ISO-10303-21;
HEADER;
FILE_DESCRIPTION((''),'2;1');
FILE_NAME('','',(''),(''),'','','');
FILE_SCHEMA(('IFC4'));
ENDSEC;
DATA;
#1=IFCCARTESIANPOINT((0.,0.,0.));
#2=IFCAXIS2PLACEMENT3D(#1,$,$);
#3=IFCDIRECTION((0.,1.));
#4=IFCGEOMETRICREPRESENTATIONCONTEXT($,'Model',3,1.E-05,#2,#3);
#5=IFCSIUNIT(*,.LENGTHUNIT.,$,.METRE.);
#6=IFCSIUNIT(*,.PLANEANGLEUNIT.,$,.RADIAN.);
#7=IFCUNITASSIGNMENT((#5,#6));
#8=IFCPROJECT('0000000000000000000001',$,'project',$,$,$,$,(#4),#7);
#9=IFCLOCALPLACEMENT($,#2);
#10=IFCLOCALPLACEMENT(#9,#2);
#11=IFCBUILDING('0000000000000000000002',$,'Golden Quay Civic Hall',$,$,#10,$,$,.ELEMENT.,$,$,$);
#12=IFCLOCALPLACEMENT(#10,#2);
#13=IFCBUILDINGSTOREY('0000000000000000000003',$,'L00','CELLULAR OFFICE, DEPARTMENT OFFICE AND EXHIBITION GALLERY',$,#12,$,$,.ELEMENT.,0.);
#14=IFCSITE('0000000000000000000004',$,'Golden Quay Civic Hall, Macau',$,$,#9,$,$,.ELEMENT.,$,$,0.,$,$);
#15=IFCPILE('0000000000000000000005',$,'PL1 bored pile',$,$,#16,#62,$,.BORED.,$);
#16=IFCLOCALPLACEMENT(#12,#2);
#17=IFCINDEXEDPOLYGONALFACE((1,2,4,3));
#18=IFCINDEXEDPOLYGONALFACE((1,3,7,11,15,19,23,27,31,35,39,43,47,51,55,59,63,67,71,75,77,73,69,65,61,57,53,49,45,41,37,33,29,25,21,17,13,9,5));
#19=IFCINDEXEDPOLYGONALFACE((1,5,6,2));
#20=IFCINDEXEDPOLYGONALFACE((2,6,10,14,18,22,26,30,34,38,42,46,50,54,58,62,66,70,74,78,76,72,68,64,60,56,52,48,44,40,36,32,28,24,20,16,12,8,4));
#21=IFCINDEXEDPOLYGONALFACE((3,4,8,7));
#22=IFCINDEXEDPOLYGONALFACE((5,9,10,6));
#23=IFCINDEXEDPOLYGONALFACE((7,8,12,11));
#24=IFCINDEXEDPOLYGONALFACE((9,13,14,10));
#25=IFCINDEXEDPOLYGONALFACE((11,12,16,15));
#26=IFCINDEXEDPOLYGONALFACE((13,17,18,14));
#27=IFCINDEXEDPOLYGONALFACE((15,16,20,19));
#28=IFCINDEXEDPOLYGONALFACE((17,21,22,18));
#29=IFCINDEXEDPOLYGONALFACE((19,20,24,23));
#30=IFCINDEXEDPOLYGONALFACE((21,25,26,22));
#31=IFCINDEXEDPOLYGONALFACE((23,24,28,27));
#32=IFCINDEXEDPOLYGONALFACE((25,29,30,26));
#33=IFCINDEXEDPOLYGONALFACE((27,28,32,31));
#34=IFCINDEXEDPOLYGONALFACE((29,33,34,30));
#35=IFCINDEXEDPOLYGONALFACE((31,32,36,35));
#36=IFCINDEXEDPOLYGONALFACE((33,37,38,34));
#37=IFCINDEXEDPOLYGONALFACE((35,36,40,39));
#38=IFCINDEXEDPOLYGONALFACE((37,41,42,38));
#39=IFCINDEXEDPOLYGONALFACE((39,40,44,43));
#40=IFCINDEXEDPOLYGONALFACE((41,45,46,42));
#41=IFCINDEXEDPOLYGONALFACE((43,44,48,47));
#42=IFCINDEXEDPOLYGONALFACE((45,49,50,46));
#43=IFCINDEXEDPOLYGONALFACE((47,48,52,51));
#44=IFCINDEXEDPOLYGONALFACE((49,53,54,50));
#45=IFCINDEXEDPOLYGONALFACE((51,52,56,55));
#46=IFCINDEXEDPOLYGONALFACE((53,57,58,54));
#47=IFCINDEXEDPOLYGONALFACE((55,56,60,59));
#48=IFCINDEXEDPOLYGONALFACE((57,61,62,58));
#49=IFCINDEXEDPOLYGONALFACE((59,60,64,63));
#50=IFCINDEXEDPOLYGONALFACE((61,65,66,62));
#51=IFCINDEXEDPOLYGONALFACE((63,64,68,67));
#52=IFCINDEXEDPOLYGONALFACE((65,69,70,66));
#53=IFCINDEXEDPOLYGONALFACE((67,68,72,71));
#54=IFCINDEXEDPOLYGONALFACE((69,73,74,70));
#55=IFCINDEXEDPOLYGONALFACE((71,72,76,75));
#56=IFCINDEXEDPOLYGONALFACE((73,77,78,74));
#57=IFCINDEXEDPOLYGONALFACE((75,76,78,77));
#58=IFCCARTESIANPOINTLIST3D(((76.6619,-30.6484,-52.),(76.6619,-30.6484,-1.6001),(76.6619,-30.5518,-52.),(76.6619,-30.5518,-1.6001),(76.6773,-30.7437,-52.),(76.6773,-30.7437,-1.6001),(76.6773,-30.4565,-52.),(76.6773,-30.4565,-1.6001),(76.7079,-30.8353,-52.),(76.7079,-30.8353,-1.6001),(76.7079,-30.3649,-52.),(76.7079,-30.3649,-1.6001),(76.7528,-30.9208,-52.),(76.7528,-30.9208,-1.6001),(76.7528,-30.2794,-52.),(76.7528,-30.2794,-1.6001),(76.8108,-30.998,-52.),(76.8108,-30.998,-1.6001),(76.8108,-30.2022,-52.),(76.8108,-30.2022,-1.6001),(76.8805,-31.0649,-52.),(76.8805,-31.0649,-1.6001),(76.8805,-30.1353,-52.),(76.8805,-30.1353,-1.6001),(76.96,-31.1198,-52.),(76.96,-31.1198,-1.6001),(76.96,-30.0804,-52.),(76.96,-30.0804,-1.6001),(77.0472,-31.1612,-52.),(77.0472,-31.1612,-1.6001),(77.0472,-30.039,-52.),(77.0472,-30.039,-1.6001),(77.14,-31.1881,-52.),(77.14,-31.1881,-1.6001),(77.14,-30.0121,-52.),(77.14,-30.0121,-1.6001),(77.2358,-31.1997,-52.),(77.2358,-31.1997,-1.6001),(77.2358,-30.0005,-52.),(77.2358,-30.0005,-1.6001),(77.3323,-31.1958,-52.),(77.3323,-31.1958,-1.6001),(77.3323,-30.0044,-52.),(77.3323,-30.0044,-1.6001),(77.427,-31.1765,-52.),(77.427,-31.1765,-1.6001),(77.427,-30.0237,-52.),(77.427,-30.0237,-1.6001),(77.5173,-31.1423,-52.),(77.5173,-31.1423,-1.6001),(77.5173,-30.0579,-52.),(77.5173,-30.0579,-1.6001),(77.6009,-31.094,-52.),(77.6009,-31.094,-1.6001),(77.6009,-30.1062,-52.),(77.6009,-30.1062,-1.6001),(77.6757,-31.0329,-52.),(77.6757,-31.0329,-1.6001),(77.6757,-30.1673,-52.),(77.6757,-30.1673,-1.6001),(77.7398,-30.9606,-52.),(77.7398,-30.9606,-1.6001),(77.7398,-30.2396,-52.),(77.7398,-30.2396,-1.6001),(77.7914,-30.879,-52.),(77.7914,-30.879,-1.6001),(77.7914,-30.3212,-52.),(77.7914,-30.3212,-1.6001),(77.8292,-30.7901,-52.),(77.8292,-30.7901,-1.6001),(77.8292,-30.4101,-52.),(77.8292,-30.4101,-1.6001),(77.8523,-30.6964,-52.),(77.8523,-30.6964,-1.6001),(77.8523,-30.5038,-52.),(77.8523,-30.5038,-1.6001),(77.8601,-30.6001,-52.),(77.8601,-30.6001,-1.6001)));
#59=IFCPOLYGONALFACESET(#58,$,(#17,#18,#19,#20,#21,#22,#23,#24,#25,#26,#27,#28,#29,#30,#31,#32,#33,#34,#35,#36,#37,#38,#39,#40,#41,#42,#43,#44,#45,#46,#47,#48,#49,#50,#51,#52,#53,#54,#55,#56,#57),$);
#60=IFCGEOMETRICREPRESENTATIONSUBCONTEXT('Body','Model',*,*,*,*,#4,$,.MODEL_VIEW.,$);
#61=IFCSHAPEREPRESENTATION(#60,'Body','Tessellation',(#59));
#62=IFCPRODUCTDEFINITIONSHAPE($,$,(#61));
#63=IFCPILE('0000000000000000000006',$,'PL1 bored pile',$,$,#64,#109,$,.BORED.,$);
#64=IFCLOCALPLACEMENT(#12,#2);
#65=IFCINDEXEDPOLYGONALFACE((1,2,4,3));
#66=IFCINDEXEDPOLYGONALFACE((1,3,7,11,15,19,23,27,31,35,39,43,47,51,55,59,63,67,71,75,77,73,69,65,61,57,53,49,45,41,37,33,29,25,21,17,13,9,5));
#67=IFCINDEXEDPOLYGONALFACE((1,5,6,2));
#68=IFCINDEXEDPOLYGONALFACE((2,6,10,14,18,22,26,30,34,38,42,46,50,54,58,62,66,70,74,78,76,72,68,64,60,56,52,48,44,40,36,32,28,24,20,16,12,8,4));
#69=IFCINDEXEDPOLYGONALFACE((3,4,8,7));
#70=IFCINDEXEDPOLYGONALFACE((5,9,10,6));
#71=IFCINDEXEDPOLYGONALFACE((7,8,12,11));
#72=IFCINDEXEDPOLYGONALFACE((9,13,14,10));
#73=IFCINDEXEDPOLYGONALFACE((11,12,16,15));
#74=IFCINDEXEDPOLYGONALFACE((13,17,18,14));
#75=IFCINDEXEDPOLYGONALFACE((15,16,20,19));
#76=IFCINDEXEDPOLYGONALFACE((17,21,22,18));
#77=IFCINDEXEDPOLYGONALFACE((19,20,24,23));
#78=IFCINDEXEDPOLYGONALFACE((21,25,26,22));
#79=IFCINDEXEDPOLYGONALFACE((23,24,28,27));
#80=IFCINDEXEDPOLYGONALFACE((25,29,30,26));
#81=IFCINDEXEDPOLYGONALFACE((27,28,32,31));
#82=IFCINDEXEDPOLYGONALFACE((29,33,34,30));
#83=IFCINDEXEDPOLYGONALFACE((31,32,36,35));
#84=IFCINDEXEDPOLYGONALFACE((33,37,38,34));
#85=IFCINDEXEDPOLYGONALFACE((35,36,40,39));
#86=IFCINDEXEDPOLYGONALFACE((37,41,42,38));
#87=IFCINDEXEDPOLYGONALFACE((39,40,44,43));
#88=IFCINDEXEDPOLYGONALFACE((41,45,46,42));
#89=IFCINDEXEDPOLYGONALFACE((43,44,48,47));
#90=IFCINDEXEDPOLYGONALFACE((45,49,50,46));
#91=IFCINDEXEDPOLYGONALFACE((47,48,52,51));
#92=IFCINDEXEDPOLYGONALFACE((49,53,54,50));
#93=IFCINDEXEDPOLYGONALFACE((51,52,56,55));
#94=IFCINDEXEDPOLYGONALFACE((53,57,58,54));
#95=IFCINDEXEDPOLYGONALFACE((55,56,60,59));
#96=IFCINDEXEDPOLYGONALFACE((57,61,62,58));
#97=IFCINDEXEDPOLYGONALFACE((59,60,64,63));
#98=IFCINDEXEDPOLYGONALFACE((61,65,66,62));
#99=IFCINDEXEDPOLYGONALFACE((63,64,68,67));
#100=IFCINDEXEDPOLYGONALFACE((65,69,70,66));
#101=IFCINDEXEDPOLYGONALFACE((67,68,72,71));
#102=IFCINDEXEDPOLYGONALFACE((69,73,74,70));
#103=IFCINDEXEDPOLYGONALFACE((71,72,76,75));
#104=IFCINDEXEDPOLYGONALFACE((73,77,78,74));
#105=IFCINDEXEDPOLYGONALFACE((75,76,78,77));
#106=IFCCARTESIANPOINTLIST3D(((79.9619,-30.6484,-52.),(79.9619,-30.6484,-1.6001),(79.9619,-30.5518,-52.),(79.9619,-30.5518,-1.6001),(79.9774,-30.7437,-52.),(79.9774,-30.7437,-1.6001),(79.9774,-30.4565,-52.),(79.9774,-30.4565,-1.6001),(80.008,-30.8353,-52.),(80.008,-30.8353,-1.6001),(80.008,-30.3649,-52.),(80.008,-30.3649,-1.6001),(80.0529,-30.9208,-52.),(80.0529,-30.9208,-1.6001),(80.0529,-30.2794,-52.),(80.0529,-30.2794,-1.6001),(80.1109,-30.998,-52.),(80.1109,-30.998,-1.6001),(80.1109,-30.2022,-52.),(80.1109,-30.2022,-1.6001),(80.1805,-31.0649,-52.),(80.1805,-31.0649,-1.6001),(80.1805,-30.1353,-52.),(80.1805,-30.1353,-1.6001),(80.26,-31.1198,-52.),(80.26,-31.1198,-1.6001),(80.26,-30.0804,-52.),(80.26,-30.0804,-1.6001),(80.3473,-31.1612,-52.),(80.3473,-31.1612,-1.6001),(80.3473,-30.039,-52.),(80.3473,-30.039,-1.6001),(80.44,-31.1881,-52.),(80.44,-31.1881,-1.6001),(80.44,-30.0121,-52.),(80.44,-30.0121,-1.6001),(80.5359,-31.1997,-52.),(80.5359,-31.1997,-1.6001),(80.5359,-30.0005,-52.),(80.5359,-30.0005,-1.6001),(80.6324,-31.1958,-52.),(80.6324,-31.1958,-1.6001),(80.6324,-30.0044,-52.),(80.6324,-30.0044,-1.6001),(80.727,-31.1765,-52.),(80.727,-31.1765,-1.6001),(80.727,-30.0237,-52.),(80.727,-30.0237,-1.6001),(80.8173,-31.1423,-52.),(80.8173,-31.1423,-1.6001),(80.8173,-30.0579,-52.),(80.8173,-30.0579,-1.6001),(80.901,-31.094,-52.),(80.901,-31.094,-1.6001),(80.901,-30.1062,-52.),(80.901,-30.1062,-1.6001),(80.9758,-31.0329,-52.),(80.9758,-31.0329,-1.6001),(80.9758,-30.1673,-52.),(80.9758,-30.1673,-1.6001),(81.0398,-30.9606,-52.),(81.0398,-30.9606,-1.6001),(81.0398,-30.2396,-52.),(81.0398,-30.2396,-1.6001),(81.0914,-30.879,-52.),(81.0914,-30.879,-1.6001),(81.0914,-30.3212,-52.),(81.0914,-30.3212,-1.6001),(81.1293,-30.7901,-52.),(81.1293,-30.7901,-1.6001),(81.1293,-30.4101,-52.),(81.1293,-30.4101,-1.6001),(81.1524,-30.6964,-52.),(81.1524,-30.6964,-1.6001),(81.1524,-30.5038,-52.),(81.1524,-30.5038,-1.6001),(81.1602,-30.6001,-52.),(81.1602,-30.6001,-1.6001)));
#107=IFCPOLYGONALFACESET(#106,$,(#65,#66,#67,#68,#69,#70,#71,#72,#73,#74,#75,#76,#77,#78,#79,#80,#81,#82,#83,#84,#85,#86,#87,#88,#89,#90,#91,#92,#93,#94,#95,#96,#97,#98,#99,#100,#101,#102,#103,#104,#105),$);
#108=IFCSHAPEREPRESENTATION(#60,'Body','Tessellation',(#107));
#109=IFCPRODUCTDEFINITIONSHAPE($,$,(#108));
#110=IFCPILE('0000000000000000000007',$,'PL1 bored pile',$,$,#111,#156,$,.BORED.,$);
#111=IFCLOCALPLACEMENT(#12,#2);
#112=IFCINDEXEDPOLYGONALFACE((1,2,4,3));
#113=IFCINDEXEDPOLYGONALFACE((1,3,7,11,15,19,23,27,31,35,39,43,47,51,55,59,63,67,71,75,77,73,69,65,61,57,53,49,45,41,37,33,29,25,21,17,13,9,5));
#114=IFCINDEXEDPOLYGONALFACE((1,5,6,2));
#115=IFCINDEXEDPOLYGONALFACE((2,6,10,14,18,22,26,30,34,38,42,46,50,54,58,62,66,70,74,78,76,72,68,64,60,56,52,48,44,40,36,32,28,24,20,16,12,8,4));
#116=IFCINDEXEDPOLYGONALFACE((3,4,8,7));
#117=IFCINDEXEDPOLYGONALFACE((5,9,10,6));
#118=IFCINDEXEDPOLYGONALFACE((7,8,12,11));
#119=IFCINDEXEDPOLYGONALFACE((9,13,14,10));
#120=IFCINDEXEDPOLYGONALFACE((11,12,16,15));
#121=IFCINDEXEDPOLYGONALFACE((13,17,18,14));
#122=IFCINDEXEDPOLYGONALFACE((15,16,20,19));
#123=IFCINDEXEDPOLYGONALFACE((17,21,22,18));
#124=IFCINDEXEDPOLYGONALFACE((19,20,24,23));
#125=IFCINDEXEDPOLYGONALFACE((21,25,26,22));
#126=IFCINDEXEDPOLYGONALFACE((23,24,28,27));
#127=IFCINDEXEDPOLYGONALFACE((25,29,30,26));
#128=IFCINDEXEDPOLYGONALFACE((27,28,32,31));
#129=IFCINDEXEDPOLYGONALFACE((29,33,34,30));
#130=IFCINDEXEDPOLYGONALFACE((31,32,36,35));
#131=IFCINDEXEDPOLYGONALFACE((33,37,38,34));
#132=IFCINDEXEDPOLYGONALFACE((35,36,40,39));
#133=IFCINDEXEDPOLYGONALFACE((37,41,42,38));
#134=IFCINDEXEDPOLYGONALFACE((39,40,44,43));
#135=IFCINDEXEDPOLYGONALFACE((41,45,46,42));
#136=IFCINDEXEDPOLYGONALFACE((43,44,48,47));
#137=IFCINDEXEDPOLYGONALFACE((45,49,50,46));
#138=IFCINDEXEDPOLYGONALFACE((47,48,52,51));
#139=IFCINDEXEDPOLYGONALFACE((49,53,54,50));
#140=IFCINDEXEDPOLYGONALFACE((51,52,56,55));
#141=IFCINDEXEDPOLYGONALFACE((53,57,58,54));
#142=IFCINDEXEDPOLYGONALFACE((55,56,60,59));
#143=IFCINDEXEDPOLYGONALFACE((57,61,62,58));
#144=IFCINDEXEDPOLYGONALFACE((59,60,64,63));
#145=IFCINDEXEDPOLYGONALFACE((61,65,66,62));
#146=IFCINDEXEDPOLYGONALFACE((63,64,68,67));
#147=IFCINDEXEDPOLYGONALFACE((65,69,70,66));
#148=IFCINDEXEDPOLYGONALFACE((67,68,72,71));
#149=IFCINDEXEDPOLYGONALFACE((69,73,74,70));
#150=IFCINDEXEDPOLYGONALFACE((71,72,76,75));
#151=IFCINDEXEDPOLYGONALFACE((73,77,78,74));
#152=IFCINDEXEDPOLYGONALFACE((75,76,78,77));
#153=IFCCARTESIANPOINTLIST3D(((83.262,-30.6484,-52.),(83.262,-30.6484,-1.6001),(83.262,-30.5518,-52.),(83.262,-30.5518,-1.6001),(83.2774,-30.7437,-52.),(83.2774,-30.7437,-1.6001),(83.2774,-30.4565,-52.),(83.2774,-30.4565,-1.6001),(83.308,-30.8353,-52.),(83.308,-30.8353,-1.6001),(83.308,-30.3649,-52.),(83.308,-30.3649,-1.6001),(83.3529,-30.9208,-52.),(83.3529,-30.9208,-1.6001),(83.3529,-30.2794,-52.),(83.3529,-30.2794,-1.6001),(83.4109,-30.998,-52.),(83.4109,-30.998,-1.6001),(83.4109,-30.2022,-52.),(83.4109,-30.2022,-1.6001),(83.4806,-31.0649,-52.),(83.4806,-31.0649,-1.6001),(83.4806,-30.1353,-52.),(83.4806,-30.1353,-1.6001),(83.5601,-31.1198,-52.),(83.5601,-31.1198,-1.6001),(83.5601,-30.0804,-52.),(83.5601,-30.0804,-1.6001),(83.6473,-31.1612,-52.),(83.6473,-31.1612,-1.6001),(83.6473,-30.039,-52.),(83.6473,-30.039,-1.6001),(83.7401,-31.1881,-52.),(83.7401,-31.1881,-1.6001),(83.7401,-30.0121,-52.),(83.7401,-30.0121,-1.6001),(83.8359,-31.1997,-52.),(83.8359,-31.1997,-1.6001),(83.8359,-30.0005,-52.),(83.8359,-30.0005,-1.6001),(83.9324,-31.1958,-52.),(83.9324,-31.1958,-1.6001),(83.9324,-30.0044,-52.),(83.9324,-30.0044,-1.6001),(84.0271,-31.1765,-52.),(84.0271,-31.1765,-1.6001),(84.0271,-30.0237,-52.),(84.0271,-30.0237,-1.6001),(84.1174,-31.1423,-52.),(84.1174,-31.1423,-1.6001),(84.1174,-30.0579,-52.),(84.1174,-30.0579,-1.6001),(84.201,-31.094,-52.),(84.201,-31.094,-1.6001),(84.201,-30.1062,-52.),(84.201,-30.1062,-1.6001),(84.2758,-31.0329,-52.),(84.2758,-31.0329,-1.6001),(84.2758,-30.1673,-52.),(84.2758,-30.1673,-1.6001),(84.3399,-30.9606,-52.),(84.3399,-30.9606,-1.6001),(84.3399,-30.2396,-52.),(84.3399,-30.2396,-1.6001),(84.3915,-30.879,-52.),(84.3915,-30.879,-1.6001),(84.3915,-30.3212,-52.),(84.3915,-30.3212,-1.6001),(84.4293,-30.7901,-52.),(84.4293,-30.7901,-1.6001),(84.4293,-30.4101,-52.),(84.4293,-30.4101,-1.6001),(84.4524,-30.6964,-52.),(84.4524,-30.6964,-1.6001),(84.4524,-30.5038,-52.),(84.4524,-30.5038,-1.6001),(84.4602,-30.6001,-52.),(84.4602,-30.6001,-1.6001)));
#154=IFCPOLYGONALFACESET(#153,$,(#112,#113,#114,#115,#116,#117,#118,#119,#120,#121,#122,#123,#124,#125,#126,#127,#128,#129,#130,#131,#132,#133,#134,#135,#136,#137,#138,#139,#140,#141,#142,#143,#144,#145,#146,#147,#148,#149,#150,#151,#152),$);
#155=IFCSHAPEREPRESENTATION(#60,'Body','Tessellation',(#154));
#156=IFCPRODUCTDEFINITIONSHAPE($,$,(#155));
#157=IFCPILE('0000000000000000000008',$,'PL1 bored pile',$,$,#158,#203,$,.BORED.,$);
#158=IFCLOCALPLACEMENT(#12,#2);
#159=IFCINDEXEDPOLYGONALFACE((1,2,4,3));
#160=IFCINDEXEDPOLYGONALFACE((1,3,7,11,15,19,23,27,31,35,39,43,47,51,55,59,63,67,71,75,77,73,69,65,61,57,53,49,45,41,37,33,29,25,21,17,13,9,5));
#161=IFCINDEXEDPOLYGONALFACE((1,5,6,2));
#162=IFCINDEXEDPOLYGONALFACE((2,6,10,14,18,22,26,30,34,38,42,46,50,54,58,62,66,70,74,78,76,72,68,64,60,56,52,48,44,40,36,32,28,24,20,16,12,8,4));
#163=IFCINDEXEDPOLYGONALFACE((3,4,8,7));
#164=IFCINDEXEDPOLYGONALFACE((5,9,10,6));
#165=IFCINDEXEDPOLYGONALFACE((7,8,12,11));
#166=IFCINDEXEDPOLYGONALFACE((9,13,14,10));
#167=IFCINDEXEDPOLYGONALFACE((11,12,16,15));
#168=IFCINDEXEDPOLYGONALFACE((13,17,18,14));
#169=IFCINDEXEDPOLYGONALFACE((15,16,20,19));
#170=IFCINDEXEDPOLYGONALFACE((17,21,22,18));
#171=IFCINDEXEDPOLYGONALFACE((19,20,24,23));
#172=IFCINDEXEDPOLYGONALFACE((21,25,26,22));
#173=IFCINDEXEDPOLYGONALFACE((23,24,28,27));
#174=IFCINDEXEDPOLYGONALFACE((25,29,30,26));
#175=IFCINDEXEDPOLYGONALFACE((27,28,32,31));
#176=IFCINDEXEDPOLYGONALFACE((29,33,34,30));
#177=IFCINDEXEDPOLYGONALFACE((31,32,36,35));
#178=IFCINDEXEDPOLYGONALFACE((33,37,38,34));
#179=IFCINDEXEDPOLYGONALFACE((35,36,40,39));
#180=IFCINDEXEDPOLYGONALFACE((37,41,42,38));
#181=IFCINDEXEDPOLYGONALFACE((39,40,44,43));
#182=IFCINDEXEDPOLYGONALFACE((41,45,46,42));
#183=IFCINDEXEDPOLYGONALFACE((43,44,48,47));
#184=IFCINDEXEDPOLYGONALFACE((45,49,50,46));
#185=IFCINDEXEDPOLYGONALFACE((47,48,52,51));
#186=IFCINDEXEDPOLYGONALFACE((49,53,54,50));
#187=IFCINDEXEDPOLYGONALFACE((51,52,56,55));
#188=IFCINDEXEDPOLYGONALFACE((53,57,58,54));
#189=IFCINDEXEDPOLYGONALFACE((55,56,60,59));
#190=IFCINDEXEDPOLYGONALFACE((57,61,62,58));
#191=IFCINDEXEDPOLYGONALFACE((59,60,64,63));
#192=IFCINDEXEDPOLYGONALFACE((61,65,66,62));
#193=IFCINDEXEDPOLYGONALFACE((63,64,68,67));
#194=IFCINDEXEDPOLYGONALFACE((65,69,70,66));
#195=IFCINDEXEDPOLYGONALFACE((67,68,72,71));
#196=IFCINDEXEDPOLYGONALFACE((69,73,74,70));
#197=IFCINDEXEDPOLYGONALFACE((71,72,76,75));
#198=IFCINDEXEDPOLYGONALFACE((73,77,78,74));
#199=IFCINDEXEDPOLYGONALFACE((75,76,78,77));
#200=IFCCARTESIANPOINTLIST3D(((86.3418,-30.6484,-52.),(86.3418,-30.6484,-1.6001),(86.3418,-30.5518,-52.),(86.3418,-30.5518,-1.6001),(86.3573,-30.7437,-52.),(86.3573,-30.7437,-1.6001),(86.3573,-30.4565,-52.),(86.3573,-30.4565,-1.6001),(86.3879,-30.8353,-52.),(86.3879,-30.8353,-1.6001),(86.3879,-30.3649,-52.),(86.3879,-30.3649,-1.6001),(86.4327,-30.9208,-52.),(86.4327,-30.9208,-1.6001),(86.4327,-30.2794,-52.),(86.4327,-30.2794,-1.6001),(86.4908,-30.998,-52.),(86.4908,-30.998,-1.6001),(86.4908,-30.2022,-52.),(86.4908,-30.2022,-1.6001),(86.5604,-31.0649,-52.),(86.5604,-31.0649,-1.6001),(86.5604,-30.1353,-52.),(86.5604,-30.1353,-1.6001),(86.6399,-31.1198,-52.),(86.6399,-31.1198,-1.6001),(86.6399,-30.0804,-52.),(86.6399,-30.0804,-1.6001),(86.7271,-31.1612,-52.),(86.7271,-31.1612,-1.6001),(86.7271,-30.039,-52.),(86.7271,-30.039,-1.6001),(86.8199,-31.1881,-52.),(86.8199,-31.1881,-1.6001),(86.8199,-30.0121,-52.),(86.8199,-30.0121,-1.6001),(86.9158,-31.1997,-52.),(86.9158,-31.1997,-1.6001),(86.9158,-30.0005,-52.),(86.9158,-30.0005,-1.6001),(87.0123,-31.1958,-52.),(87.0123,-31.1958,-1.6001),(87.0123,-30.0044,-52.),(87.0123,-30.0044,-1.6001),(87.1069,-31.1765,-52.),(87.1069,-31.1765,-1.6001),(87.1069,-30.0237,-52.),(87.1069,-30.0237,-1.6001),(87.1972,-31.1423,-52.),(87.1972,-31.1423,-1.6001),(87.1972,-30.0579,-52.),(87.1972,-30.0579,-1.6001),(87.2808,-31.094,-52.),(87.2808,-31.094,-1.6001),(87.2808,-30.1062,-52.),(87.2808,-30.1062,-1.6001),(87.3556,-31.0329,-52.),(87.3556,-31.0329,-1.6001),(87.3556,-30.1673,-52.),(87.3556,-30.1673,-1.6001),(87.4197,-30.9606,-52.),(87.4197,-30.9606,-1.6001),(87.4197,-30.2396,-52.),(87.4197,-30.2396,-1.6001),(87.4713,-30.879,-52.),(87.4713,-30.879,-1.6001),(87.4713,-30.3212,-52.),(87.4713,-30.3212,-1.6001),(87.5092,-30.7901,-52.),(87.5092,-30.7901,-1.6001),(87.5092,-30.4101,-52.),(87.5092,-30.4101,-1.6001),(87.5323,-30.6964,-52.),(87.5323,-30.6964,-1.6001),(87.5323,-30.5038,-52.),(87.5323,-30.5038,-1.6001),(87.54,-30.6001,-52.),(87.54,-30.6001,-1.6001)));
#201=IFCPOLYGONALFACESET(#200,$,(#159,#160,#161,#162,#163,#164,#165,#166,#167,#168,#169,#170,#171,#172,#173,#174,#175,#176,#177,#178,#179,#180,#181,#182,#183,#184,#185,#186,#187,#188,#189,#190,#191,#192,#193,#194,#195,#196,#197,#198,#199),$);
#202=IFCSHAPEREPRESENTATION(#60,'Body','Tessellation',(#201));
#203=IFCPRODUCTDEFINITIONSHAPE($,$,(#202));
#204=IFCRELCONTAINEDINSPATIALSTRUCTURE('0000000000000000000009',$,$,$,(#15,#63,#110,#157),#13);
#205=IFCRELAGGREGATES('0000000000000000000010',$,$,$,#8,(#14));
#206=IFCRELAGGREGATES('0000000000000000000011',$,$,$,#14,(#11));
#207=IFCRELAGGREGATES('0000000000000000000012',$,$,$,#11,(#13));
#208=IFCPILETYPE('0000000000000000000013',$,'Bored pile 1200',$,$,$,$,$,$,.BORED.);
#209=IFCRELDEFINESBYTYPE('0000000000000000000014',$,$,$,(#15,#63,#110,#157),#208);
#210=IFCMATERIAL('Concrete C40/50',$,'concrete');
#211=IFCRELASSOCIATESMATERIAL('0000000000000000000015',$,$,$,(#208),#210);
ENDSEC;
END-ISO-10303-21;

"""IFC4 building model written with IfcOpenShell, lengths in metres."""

from ifc_helpers import new_model, si_unit, direction, frame, origin, origin_2d, place, context, subcontext, project, spatial, circle, extrude, material, material_profile, profile_set, type_object, element, save


model = new_model("IFC4")

# Units and contexts
model_context = context("Model", 3, precision=1e-05, world=origin(), true_north=direction((0.0, 1.0)))
body_context = subcontext(model_context, "Body", "Model", "MODEL_VIEW")
ifc_project = project(units=[si_unit("LENGTHUNIT", "METRE"), si_unit("PLANEANGLEUNIT", "RADIAN")], contexts=[model_context])

# Site, building, storey
site_placement = place(None, origin())
site = spatial("IfcSite", under=ifc_project, at=site_placement, Name="Golden Quay Civic Hall, Macau", CompositionType="ELEMENT", RefElevation=0.0)
building_placement = place(site_placement, origin())
building = spatial("IfcBuilding", under=site, at=building_placement, Name="Golden Quay Civic Hall", CompositionType="ELEMENT")
storey_placement = place(building_placement, origin())
storey = spatial("IfcBuildingStorey", under=building, at=storey_placement, Name="L00", Description="CELLULAR OFFICE, DEPARTMENT OFFICE AND EXHIBITION GALLERY", CompositionType="ELEMENT", Elevation=0.0)

# Piles
ifc_material_1 = material(Name="Concrete C40/50", Category="concrete")
ifc_material_profile_1 = material_profile(ifc_material_1, circle(Radius=0.6001, at=origin_2d()), Name="RC D1200")
ifc_profile_set_1 = profile_set([ifc_material_profile_1], Name="Concrete C40/50")
pile_type = type_object("IfcPileType", Name="Bored pile 1200", PredefinedType="BORED", material=ifc_profile_set_1)
for number, where, z_axis, x_axis, name in (
    (1, (77.26, -30.6001, -1.6001), (0.0, 0.0, -1.0), (1.0, 0.0, 0.0), "PL1 bored pile"),
    (2, (80.5601, -30.6001, -1.6001), (0.0, 0.0, -1.0), (1.0, 0.0, 0.0), "PL1 bored pile"),
    (3, (83.8601, -30.6001, -1.6001), (0.0, 0.0, -1.0), (1.0, 0.0, 0.0), "PL1 bored pile"),
    (4, (86.9399, -30.6001, -1.6001), (0.0, 0.0, -1.0), (1.0, 0.0, 0.0), "PL1 bored pile"),
):
    element("IfcPile", number, at=place(storey_placement, frame(where, z_axis=z_axis, x_axis=x_axis)), inside=storey, type_object=pile_type, Name=name, PredefinedType="BORED", context=body_context, shape_type="SweptSolid", body=[
        extrude(circle(Radius=0.6001, at=origin_2d()), origin(), (0.0, 0.0, 1.0), 50.3999),
    ])

save(model, "model.ifc")
